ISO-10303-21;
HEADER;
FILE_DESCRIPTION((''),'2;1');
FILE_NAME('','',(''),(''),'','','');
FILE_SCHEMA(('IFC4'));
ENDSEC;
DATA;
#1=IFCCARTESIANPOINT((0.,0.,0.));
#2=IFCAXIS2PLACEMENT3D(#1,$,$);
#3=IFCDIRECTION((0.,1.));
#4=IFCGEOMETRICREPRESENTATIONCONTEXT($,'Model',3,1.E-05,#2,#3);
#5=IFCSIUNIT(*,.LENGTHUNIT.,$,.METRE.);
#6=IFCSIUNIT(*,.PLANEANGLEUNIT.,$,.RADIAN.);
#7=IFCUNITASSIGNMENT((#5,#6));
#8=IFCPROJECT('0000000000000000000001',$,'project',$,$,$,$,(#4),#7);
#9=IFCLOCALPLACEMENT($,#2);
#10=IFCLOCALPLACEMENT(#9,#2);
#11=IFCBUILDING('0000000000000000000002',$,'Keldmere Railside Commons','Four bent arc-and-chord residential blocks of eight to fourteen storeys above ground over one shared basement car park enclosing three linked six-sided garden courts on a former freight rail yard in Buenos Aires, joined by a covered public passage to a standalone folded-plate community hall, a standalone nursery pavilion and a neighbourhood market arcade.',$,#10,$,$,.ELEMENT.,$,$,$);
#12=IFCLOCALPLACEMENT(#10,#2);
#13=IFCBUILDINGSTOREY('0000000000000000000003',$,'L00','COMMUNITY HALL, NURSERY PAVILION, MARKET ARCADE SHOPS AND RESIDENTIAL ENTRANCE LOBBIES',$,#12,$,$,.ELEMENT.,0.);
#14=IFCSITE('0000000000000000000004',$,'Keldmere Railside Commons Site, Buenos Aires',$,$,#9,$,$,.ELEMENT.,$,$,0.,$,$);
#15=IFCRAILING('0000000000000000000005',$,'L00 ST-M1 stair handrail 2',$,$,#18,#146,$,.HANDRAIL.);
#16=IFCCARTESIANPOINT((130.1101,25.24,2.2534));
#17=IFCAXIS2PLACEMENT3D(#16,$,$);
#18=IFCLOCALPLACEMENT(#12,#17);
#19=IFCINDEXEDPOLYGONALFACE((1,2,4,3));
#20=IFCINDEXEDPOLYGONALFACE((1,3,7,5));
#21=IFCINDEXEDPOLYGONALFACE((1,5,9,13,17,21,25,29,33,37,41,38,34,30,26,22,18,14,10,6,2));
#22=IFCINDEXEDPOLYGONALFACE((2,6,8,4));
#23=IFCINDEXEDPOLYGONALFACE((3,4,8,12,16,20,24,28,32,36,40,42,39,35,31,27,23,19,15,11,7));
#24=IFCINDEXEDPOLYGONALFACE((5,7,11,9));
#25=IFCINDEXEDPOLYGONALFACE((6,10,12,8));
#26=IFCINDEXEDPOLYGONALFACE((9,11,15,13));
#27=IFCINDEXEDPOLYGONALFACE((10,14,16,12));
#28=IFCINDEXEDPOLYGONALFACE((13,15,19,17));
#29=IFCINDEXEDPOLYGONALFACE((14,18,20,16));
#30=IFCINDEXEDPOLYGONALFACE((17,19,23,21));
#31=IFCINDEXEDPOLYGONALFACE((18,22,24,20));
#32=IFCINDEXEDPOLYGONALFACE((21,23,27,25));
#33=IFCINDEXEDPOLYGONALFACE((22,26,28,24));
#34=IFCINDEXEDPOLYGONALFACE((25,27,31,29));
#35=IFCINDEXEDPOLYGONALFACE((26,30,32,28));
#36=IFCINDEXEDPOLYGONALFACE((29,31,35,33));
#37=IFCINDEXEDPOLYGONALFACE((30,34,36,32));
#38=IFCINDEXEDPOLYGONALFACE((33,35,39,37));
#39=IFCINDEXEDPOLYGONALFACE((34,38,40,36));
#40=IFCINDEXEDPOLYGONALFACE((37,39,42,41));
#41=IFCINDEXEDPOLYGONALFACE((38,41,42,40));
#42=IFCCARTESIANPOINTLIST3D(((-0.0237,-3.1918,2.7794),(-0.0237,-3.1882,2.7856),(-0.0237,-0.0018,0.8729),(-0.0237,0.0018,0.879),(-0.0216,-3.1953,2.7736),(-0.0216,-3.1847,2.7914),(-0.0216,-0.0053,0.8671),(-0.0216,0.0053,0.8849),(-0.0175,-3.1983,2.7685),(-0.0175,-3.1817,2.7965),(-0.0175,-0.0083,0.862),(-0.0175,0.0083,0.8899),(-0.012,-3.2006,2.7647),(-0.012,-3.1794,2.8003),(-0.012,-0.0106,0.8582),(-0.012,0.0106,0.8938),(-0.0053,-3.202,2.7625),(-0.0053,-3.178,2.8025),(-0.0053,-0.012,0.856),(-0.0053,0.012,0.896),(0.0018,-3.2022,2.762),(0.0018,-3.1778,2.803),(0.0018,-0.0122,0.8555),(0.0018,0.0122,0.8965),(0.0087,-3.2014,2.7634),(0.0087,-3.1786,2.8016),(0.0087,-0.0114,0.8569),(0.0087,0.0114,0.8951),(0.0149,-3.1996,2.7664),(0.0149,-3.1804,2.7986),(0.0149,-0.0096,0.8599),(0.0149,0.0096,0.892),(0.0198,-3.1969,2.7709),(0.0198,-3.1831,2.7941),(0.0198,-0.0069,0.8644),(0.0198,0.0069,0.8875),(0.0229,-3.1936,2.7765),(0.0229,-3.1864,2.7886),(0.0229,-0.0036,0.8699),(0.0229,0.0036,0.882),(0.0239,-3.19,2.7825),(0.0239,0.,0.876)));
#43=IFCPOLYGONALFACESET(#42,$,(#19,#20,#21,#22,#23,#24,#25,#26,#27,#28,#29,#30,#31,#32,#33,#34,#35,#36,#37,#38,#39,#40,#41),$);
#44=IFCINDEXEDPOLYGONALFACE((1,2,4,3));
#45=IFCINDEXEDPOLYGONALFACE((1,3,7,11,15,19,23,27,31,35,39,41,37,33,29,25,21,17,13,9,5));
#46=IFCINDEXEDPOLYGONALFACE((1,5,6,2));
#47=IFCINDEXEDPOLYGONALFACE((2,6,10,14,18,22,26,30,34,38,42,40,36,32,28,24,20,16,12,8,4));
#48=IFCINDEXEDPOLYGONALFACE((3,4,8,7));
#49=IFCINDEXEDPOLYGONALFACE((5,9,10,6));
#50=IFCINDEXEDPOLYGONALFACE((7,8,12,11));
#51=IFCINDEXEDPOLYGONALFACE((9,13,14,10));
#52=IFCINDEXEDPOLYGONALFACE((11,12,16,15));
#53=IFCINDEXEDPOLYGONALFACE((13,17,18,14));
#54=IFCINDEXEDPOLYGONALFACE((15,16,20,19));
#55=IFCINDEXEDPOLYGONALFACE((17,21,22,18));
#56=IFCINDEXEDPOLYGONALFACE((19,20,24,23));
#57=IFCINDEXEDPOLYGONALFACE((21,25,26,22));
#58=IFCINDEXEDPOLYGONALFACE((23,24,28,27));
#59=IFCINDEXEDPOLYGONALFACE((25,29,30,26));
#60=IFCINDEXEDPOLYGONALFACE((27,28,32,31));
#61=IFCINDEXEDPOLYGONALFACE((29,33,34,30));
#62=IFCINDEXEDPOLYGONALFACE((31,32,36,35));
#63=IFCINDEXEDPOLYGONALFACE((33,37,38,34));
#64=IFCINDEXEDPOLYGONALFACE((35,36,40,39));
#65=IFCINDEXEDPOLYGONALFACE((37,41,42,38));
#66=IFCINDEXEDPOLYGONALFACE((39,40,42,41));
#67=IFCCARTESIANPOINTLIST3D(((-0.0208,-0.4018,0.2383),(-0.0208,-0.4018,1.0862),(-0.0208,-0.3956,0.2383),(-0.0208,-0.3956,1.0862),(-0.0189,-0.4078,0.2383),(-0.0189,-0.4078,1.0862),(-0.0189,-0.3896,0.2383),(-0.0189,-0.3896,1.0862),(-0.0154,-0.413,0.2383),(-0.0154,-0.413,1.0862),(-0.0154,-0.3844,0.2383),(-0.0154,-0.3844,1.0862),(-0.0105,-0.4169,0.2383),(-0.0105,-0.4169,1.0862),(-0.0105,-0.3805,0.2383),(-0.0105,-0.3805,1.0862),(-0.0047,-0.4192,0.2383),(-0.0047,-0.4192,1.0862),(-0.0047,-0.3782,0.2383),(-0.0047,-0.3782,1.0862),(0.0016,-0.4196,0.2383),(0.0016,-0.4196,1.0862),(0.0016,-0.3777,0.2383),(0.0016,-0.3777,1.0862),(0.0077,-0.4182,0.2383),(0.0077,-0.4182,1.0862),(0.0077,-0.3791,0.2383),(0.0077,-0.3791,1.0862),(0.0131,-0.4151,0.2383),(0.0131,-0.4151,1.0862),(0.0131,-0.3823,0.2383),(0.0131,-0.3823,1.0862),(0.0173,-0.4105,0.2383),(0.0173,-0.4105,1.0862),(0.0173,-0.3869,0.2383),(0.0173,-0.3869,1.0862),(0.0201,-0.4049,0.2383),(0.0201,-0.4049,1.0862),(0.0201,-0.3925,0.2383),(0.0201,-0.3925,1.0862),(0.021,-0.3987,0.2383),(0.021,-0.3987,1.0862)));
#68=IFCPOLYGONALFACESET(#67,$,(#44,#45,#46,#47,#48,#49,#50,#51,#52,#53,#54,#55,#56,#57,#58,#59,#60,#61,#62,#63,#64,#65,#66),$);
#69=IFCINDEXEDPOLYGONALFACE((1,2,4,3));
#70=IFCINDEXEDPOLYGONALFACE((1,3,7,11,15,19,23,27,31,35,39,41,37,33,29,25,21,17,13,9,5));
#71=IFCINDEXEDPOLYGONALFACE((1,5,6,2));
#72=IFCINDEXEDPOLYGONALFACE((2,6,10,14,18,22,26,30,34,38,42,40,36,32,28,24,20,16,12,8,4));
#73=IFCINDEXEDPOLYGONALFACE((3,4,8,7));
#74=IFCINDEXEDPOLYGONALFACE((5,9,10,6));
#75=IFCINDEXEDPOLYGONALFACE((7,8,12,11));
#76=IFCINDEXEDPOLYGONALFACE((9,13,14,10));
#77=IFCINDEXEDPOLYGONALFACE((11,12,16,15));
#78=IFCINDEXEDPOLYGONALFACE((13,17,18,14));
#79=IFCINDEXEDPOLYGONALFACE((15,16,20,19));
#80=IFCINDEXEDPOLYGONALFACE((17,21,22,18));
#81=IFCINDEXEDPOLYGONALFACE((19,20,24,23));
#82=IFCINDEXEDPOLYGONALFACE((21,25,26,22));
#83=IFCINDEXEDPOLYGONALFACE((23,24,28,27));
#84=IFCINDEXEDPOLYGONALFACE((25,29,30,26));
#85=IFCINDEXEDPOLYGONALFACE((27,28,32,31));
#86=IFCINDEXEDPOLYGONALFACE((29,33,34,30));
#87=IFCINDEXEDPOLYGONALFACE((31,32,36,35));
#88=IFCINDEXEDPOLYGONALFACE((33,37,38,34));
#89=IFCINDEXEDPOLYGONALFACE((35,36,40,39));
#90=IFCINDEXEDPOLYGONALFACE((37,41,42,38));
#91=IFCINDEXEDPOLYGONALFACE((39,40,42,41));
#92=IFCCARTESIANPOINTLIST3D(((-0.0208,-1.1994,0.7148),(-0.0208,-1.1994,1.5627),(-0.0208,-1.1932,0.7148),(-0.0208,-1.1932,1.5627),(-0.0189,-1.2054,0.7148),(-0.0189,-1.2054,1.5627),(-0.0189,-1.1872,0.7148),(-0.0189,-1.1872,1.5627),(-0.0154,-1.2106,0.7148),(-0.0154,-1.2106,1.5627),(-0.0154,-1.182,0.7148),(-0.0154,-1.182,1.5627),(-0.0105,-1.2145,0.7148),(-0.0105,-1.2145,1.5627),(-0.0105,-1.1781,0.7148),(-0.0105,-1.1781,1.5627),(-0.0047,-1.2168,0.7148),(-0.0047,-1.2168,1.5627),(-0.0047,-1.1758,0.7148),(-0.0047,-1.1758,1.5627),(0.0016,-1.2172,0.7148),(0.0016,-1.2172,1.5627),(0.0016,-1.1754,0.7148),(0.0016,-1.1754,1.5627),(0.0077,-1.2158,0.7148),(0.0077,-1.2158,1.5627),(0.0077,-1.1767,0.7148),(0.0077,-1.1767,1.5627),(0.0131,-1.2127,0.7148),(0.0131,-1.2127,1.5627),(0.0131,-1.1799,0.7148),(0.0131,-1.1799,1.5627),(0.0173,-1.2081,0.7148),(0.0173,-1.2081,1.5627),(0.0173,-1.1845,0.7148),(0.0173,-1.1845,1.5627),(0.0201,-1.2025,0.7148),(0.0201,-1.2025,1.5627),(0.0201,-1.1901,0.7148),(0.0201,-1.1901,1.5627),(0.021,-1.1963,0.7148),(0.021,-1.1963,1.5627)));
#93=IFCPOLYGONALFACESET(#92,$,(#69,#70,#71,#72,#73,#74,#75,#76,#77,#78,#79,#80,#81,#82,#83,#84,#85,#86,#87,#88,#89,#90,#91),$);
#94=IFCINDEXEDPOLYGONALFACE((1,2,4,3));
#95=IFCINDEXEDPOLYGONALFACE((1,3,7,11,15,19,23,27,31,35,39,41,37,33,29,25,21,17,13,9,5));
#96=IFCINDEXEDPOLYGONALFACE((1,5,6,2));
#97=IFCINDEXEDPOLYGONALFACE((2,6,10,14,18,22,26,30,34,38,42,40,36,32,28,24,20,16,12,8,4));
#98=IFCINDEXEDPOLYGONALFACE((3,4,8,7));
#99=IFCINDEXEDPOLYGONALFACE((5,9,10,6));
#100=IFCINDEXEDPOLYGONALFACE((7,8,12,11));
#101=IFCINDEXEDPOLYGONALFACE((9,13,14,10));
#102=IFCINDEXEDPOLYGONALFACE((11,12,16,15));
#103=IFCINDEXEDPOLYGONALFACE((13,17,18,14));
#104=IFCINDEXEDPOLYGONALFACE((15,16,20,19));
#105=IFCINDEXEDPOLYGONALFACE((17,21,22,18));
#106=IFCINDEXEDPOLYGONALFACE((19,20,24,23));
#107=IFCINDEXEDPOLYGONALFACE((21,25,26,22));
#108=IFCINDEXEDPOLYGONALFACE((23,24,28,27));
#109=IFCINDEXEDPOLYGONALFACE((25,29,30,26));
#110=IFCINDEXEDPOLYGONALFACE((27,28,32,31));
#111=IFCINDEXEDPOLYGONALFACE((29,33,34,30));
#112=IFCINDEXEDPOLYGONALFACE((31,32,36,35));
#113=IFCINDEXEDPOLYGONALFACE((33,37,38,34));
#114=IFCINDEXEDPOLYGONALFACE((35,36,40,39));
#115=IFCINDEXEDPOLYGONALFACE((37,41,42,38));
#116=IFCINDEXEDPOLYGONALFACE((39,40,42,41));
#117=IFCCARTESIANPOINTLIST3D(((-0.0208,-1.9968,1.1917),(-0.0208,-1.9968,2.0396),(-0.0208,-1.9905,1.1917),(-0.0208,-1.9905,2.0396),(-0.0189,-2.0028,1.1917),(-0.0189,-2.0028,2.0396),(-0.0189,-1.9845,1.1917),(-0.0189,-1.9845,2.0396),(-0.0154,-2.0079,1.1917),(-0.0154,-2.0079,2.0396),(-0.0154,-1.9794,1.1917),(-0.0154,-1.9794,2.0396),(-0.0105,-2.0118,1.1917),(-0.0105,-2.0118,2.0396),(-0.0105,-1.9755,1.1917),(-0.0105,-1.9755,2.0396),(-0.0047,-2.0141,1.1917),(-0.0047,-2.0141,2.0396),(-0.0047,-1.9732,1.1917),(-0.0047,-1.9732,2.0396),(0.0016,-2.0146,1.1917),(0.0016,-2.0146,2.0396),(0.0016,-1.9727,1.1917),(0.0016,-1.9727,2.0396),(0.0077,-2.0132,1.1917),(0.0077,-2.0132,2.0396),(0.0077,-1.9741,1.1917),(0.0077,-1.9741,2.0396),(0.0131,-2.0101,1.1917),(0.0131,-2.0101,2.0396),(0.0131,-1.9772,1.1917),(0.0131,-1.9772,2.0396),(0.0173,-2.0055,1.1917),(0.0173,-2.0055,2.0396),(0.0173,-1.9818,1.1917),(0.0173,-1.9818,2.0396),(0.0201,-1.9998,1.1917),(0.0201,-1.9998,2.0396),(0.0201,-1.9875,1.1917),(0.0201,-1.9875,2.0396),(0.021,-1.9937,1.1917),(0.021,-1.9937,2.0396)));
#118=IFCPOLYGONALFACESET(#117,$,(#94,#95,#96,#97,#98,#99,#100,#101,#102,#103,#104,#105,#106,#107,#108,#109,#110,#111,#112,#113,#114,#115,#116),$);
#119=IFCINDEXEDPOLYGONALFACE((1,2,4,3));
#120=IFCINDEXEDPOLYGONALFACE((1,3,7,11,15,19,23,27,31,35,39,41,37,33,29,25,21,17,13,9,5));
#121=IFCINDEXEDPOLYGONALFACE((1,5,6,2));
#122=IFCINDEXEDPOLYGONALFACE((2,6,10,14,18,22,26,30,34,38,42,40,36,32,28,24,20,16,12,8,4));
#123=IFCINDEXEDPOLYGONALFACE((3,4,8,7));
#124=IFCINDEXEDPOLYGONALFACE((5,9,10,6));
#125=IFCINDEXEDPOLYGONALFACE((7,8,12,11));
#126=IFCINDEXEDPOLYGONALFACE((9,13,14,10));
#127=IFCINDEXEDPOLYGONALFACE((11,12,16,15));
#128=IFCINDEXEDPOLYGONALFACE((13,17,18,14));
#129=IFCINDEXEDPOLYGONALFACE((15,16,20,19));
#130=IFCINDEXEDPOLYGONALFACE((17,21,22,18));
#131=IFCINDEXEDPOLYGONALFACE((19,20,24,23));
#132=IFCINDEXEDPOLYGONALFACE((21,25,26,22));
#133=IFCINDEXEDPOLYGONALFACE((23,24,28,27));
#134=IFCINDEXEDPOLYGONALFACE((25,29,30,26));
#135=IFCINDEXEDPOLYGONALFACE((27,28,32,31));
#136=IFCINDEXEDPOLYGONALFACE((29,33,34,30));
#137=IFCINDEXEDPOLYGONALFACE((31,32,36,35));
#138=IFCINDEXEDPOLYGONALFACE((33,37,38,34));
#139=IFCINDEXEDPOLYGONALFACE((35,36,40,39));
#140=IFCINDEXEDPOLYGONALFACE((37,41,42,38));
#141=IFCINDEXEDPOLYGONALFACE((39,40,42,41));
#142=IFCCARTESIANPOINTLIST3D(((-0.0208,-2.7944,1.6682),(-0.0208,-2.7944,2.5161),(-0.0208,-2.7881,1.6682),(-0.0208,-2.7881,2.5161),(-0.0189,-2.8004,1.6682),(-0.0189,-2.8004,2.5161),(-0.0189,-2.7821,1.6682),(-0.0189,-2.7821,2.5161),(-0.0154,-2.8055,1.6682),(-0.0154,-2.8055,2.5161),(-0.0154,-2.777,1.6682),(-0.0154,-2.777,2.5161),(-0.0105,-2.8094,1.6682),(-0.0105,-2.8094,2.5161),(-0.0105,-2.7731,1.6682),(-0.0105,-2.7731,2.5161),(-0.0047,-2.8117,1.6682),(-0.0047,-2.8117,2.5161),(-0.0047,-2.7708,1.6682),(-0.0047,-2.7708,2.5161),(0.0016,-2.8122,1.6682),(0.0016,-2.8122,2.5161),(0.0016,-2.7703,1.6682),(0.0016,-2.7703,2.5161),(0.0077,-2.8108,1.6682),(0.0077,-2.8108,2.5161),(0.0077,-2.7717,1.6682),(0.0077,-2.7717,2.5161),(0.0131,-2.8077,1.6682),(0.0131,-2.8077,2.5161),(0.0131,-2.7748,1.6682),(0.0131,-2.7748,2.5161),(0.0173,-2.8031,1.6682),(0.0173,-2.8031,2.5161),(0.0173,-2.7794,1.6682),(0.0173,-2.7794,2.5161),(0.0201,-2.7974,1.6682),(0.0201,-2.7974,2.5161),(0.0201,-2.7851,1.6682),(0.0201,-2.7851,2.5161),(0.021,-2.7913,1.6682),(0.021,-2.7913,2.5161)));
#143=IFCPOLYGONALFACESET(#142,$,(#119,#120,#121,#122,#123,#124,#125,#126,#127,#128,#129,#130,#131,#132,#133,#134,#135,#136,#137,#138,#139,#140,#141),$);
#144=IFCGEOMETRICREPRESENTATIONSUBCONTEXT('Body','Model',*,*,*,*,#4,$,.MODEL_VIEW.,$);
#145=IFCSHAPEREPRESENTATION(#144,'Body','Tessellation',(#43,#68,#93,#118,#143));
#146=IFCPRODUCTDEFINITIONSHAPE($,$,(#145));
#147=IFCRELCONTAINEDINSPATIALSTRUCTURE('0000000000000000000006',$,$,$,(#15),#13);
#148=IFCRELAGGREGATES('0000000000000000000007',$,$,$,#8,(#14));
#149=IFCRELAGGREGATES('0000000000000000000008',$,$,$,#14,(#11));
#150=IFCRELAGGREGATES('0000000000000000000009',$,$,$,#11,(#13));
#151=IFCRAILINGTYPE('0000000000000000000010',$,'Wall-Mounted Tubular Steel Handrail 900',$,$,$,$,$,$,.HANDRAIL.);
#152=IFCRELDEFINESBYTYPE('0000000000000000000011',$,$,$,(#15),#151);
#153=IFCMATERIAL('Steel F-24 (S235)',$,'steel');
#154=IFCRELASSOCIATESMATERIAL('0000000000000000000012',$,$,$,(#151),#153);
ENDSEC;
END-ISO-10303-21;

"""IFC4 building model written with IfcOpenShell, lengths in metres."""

from ifc_helpers import new_model, si_unit, direction, frame, origin, origin_2d, place, context, subcontext, project, spatial, circle, extrude, material, type_object, element, save


model = new_model("IFC4")

# Units and contexts
model_context = context("Model", 3, precision=1e-05, world=origin(), true_north=direction((0.0, 1.0)))
body_context = subcontext(model_context, "Body", "Model", "MODEL_VIEW")
ifc_project = project(units=[si_unit("LENGTHUNIT", "METRE"), si_unit("PLANEANGLEUNIT", "RADIAN")], contexts=[model_context])

# Site, building, storey
site_placement = place(None, origin())
site = spatial("IfcSite", under=ifc_project, at=site_placement, Name="Keldmere Railside Commons Site, Buenos Aires", CompositionType="ELEMENT", RefElevation=0.0)
building_placement = place(site_placement, origin())
building = spatial("IfcBuilding", under=site, at=building_placement, Name="Keldmere Railside Commons", Description="Four bent arc-and-chord residential blocks of eight to fourteen storeys above ground over one shared basement car park enclosing three linked six-sided garden courts on a former freight rail yard in Buenos Aires, joined by a covered public passage to a standalone folded-plate community hall, a standalone nursery pavilion and a neighbourhood market arcade.", CompositionType="ELEMENT")
storey_placement = place(building_placement, origin())
storey = spatial("IfcBuildingStorey", under=building, at=storey_placement, Name="L00", Description="COMMUNITY HALL, NURSERY PAVILION, MARKET ARCADE SHOPS AND RESIDENTIAL ENTRANCE LOBBIES", CompositionType="ELEMENT", Elevation=0.0)

# Railing
ifc_material_1 = material(Name="Steel F-24 (S235)", Category="steel")
railing_type_1 = type_object("IfcRailingType", Name="Wall-Mounted Tubular Steel Handrail 900", PredefinedType="HANDRAIL", material=ifc_material_1)
railing_1_placement = place(storey_placement, frame((130.1101, 25.24, 2.2534)))
element("IfcRailing", 1, at=railing_1_placement, inside=storey, type_object=railing_type_1, Name="L00 ST-M1 stair handrail 2", PredefinedType="HANDRAIL", context=body_context, shape_type="SweptSolid", body=[
    extrude(circle(Radius=0.0239, at=origin_2d()), frame((0.0, 0.0, 0.876), z_axis=(0.0, -0.858379, 0.513017), x_axis=(1.0, 0.0, 0.0)), (0.0, 0.0, 1.0), 3.7163),
    extrude(circle(Radius=0.021, at=origin_2d()), frame((0.0, -0.3987, 0.2383)), (0.0, 0.0, 1.0), 0.8479),
    extrude(circle(Radius=0.021, at=origin_2d()), frame((0.0, -1.1963, 0.7148)), (0.0, 0.0, 1.0), 0.8479),
    extrude(circle(Radius=0.021, at=origin_2d()), frame((0.0, -1.9937, 1.1917)), (0.0, 0.0, 1.0), 0.8479),
    extrude(circle(Radius=0.021, at=origin_2d()), frame((0.0, -2.7913, 1.6682)), (0.0, 0.0, 1.0), 0.8479),
])

save(model, "model.ifc")
